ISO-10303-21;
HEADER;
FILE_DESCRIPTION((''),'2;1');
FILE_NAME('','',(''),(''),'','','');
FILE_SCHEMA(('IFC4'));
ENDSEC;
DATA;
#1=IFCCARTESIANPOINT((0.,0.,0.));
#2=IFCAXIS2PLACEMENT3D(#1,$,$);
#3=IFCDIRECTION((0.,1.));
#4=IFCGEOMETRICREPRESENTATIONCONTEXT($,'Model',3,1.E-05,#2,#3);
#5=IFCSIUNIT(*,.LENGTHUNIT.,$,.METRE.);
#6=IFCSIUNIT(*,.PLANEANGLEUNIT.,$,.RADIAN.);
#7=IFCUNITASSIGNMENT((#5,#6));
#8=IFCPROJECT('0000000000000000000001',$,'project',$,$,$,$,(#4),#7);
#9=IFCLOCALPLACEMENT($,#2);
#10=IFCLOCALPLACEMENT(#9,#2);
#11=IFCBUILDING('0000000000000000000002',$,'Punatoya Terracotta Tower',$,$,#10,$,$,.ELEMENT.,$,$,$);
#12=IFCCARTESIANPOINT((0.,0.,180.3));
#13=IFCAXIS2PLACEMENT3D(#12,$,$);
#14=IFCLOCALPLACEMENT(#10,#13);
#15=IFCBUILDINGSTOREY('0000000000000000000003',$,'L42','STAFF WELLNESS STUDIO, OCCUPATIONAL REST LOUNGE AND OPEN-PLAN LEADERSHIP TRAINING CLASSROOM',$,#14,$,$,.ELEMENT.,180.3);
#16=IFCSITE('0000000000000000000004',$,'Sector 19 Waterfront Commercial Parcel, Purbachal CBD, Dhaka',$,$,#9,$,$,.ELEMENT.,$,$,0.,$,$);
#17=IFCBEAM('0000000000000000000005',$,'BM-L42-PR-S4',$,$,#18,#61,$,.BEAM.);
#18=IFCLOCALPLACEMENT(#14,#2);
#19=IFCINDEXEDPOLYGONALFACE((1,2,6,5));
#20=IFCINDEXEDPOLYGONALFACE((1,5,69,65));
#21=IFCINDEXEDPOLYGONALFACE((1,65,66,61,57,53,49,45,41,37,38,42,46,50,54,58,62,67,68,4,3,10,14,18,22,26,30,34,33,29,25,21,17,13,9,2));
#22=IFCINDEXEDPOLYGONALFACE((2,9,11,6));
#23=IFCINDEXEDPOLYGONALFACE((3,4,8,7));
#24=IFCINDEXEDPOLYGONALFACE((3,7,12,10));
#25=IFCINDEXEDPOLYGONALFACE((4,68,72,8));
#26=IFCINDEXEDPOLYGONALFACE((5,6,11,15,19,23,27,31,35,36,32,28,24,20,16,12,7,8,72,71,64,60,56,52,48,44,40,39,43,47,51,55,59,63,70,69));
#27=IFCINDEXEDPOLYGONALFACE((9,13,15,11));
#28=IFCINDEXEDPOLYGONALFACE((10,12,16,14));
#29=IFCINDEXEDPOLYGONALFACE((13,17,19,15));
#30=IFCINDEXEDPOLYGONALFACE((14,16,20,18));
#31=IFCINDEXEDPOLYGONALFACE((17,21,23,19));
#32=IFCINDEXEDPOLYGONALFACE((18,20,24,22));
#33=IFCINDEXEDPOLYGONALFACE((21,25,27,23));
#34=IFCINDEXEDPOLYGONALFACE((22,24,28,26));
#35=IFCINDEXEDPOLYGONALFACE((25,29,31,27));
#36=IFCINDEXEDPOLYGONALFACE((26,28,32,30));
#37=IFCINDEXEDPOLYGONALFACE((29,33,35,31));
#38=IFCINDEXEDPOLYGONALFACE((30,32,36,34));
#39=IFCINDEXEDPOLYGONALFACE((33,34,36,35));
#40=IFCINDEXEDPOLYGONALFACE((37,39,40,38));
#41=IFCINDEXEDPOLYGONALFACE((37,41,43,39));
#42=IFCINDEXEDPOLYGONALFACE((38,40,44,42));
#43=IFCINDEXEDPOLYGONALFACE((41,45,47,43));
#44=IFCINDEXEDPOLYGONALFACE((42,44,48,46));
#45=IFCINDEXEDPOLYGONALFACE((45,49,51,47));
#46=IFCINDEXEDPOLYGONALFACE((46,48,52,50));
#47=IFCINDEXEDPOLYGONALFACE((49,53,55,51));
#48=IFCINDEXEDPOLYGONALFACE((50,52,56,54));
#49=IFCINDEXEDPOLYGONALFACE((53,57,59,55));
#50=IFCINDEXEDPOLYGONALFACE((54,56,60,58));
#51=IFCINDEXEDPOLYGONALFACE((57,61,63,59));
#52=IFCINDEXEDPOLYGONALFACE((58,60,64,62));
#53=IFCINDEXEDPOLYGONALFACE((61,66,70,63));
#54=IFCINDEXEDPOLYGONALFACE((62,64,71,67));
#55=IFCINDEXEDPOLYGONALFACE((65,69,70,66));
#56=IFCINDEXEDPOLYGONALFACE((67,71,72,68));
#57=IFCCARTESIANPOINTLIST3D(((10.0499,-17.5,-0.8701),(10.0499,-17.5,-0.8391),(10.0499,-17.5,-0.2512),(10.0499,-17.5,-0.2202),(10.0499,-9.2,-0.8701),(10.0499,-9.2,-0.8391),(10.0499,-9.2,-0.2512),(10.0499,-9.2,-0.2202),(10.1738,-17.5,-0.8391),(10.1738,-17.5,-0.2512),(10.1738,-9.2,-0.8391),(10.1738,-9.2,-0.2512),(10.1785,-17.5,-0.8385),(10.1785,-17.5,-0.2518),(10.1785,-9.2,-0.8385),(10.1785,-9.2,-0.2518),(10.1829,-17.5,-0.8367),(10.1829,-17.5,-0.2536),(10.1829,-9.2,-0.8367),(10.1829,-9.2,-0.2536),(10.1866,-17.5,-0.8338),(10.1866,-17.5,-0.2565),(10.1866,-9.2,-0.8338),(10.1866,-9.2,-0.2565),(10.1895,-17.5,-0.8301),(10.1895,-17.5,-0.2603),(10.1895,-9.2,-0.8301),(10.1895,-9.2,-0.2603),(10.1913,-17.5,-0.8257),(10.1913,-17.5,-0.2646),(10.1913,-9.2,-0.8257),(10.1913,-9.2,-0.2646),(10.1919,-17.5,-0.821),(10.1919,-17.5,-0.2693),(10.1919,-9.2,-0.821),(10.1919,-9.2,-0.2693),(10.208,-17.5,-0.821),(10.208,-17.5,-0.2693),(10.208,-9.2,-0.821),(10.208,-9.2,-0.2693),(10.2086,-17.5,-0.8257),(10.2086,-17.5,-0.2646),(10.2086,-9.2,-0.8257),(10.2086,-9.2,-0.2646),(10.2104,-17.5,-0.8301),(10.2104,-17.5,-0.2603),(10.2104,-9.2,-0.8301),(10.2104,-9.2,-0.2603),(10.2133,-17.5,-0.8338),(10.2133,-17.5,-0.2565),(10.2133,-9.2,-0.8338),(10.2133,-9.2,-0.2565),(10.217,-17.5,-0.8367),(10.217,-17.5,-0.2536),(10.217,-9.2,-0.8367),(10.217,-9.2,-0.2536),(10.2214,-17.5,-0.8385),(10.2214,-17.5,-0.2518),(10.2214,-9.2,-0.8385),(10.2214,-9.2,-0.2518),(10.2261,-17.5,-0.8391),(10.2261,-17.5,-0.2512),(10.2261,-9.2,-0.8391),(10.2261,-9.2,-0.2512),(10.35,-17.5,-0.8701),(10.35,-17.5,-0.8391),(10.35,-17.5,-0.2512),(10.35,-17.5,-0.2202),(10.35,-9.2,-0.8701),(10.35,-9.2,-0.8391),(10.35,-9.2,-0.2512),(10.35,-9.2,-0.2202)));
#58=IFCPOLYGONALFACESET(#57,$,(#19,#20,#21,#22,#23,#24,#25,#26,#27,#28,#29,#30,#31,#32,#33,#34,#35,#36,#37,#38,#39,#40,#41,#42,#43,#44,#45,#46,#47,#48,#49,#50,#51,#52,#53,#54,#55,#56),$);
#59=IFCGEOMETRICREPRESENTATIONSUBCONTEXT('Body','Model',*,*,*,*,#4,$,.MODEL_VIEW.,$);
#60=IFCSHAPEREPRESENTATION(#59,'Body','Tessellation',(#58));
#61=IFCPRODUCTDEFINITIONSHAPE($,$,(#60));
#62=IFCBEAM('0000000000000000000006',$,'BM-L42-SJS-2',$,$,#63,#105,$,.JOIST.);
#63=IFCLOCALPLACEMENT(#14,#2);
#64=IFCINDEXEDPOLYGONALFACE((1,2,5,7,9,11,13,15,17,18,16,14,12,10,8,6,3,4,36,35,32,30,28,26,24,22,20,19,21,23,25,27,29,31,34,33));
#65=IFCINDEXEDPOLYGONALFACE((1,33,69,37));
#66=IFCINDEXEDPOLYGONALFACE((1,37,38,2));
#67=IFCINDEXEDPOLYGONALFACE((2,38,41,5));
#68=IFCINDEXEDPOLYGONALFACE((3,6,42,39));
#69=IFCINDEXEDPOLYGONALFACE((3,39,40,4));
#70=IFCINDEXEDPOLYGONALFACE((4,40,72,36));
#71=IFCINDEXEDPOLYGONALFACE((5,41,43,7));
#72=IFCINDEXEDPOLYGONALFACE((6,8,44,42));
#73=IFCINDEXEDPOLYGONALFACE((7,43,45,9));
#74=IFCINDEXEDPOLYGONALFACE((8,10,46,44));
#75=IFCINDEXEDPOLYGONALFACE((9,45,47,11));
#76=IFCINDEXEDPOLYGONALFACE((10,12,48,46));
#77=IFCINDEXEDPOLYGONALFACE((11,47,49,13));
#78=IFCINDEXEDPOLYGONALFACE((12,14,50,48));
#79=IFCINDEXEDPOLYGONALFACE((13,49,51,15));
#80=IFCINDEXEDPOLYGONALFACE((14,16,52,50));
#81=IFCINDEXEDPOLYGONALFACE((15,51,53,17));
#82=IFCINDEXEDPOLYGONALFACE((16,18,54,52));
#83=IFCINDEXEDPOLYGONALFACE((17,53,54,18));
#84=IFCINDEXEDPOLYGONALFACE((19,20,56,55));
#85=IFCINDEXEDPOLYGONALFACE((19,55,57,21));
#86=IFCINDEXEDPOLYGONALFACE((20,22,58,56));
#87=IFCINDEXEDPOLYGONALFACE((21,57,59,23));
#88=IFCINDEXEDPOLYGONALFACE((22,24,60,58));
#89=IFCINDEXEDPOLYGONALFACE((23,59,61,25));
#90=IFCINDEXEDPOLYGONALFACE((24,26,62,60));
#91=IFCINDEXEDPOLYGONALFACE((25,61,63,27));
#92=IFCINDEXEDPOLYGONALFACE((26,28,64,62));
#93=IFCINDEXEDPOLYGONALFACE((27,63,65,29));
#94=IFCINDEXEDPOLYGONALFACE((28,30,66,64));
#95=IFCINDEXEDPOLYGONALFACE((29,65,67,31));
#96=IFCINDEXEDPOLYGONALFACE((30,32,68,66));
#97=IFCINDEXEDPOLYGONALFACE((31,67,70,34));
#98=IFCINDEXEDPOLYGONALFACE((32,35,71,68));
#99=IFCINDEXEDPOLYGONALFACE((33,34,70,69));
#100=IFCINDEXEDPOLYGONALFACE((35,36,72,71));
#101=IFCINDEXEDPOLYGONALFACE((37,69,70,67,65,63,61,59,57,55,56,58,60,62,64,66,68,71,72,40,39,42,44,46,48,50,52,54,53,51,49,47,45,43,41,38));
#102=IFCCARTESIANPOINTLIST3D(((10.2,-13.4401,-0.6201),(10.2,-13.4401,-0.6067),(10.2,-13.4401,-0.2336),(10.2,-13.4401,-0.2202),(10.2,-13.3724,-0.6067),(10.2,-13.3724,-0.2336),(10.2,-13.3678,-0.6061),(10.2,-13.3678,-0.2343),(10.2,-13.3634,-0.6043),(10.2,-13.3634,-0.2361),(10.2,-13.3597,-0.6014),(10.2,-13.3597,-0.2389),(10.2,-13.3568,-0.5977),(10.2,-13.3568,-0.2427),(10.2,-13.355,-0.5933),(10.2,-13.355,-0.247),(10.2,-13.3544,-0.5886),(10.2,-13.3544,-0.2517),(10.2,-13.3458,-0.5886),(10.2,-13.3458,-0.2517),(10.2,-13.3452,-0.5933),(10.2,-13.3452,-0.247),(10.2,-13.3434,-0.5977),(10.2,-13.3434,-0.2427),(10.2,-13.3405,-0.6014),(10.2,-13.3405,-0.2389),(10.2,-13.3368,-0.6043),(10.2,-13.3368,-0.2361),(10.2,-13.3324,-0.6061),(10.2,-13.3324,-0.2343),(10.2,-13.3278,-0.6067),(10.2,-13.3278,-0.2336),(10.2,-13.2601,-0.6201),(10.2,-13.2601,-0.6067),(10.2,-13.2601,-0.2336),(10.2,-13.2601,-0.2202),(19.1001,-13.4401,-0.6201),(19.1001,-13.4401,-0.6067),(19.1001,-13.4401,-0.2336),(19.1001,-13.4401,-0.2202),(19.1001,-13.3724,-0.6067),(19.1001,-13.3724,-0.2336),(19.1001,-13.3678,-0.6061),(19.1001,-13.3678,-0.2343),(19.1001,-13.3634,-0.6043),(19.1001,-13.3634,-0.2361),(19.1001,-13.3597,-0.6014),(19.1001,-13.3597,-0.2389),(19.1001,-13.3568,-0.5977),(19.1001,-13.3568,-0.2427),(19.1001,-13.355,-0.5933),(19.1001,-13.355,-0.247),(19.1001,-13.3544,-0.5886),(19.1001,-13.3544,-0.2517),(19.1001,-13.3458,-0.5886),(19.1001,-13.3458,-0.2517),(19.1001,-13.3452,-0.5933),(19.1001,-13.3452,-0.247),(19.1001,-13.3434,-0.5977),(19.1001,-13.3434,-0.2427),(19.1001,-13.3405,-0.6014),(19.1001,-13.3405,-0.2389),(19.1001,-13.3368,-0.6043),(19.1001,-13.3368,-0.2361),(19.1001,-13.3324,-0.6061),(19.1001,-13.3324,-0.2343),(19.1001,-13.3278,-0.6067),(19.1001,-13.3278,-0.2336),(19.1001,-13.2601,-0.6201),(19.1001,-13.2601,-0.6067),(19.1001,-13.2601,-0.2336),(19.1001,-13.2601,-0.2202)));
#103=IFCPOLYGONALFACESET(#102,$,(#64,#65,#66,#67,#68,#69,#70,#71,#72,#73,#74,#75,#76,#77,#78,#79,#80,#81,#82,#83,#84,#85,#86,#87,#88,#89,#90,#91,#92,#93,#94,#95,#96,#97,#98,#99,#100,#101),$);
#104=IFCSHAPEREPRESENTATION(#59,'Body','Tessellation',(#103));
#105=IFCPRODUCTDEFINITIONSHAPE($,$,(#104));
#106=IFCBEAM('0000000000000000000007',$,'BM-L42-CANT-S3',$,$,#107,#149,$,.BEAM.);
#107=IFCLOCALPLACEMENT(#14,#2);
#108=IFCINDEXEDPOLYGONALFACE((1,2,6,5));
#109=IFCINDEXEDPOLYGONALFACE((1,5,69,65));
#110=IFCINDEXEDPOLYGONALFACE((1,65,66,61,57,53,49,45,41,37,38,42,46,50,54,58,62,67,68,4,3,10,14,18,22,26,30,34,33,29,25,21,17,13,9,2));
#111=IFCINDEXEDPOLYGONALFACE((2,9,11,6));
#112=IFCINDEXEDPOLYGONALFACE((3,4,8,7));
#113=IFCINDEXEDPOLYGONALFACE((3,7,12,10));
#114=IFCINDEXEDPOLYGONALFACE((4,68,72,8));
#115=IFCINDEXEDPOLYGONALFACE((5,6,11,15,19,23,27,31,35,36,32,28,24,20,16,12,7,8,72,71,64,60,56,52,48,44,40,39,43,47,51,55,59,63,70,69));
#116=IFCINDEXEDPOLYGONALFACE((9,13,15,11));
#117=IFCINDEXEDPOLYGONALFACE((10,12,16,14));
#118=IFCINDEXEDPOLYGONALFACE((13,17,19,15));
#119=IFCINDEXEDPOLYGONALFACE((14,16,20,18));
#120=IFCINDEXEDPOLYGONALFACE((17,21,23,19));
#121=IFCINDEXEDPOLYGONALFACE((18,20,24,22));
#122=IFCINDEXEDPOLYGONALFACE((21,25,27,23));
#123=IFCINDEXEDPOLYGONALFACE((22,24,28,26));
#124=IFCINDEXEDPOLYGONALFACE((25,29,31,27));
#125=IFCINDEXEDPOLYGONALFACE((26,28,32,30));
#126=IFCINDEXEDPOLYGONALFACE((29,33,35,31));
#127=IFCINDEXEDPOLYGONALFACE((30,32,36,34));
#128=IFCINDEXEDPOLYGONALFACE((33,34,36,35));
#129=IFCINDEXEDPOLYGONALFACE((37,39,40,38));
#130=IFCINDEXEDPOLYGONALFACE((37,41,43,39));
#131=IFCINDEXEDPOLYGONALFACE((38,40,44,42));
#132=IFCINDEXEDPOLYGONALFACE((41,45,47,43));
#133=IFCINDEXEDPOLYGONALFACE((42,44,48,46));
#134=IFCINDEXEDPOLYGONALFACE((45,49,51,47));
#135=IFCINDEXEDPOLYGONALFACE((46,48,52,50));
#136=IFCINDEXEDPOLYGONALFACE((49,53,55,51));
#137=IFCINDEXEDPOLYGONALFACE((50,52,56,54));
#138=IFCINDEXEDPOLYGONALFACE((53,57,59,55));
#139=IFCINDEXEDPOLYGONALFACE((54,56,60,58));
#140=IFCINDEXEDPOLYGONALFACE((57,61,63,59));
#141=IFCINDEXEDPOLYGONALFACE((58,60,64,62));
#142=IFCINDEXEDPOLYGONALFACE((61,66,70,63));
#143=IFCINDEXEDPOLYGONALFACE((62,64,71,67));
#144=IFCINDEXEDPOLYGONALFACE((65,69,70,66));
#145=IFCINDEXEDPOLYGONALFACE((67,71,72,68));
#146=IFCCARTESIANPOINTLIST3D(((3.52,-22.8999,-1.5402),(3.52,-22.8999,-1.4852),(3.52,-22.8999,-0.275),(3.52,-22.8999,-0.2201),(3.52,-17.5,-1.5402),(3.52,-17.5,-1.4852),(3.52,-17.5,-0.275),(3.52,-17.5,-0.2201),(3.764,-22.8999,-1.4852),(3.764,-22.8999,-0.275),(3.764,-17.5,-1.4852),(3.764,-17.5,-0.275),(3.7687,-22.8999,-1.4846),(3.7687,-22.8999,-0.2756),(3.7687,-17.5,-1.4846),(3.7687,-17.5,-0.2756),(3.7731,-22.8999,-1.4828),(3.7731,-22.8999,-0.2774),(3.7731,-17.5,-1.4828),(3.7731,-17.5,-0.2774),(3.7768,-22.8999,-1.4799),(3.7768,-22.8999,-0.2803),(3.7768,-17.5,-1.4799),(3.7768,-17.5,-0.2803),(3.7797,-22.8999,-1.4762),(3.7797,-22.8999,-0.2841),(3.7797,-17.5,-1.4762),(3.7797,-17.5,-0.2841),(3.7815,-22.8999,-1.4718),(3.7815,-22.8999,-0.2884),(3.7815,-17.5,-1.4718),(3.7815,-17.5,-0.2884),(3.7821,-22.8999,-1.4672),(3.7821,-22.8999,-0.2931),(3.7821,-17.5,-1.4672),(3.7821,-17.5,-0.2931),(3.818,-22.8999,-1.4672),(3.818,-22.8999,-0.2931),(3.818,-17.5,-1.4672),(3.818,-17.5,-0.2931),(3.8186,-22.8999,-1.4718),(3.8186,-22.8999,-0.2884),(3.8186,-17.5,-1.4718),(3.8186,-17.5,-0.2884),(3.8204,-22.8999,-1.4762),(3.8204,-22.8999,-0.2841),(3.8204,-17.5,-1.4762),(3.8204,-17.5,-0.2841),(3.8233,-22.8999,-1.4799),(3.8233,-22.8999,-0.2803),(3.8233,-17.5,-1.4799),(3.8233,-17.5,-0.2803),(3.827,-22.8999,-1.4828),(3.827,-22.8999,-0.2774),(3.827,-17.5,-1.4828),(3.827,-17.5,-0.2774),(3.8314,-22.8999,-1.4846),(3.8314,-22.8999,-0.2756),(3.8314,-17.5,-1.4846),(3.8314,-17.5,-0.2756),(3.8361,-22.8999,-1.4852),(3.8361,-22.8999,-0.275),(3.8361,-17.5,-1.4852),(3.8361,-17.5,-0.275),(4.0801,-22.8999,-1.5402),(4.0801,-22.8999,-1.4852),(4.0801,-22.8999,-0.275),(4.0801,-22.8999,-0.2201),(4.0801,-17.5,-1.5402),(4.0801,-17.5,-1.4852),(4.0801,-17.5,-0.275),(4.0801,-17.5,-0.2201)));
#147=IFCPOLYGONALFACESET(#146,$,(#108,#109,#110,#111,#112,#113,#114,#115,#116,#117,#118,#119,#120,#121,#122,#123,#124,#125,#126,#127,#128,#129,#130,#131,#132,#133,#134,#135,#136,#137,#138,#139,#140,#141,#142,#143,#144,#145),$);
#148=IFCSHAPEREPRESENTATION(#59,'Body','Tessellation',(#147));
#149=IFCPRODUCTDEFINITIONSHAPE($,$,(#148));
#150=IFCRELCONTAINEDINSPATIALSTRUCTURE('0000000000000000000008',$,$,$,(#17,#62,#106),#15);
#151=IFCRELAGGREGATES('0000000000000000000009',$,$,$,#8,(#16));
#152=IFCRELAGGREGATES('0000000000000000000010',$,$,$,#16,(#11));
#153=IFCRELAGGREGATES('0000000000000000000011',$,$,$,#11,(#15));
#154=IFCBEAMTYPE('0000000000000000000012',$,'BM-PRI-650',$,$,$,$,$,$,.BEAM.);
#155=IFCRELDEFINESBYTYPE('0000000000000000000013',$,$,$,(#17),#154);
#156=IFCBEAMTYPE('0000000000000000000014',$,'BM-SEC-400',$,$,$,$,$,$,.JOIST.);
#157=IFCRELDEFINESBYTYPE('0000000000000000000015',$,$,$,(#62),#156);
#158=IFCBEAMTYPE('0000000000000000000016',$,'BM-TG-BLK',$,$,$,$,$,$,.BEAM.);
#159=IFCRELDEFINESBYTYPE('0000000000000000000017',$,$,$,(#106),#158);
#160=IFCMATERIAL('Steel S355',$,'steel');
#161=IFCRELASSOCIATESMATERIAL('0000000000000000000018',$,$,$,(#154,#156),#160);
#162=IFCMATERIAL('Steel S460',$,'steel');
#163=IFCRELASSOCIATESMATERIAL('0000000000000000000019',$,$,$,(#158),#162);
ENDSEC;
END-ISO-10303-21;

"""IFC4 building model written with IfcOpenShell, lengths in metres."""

from ifc_helpers import new_model, si_unit, direction, frame, origin, origin_2d, place, context, subcontext, project, spatial, i_section, extrude, material, material_profile, profile_set, type_object, element, save


model = new_model("IFC4")

# Units and contexts
model_context = context("Model", 3, precision=1e-05, world=origin(), true_north=direction((0.0, 1.0)))
body_context = subcontext(model_context, "Body", "Model", "MODEL_VIEW")
ifc_project = project(units=[si_unit("LENGTHUNIT", "METRE"), si_unit("PLANEANGLEUNIT", "RADIAN")], contexts=[model_context])

# Site, building, storey
site_placement = place(None, origin())
site = spatial("IfcSite", under=ifc_project, at=site_placement, Name="Sector 19 Waterfront Commercial Parcel, Purbachal CBD, Dhaka", CompositionType="ELEMENT", RefElevation=0.0)
building_placement = place(site_placement, origin())
building = spatial("IfcBuilding", under=site, at=building_placement, Name="Punatoya Terracotta Tower", CompositionType="ELEMENT")
storey_placement = place(building_placement, frame((0.0, 0.0, 180.3)))
storey = spatial("IfcBuildingStorey", under=building, at=storey_placement, Name="L42", Description="STAFF WELLNESS STUDIO, OCCUPATIONAL REST LOUNGE AND OPEN-PLAN LEADERSHIP TRAINING CLASSROOM", CompositionType="ELEMENT", Elevation=180.3)

# Shared definitions
ifc_material_1 = material(Name="Steel S460", Category="steel")

# Beams
ifc_material_2 = material(Name="Steel S355", Category="steel")
ifc_material_profile_1 = material_profile(ifc_material_2, i_section(OverallWidth=0.3, OverallDepth=0.6499, WebThickness=0.0161, FlangeThickness=0.031, FilletRadius=0.0181, at=origin_2d()))
ifc_profile_set_1 = profile_set([ifc_material_profile_1], Name="Steel S355")
beam_type_1 = type_object("IfcBeamType", Name="BM-PRI-650", PredefinedType="BEAM", material=ifc_profile_set_1)
for number, where, z_axis, x_axis, name in (
    (1, (10.2, -17.5, -0.5452), (0.0, 1.0, 0.0), (-1.0, 0.0, 0.0), "BM-L42-PR-S4"),
):
    element("IfcBeam", number, at=place(storey_placement, frame(where, z_axis=z_axis, x_axis=x_axis)), inside=storey, type_object=beam_type_1, Name=name, PredefinedType="BEAM", context=body_context, shape_type="SweptSolid", body=[
        extrude(i_section(OverallWidth=0.3, OverallDepth=0.6499, WebThickness=0.0161, FlangeThickness=0.031, FilletRadius=0.0181, at=origin_2d()), origin(), (0.0, 0.0, 1.0), 8.3),
    ])
ifc_material_profile_2 = material_profile(ifc_material_2, i_section(OverallWidth=0.1799, OverallDepth=0.3999, WebThickness=0.0085, FlangeThickness=0.0134, FilletRadius=0.0181, at=origin_2d()))
ifc_profile_set_2 = profile_set([ifc_material_profile_2], Name="Steel S355")
beam_type_2 = type_object("IfcBeamType", Name="BM-SEC-400", PredefinedType="JOIST", material=ifc_profile_set_2)
beam_1_placement = place(storey_placement, frame((10.2, -13.3501, -0.4202), z_axis=(1.0, 0.0, 0.0), x_axis=(0.0, 1.0, 0.0)))
element("IfcBeam", 2, at=beam_1_placement, inside=storey, type_object=beam_type_2, Name="BM-L42-SJS-2", PredefinedType="JOIST", context=body_context, shape_type="SweptSolid", body=[
    extrude(i_section(OverallWidth=0.1799, OverallDepth=0.3999, WebThickness=0.0085, FlangeThickness=0.0134, FilletRadius=0.0181, at=origin_2d()), origin(), (0.0, 0.0, 1.0), 8.9001),
])
ifc_material_profile_3 = material_profile(ifc_material_1, i_section(OverallWidth=0.5601, OverallDepth=1.3201, WebThickness=0.0359, FlangeThickness=0.0549, FilletRadius=0.0181, at=origin_2d()))
ifc_profile_set_3 = profile_set([ifc_material_profile_3], Name="Steel S460")
beam_type_3 = type_object("IfcBeamType", Name="BM-TG-BLK", PredefinedType="BEAM", material=ifc_profile_set_3)
beam_2_placement = place(storey_placement, frame((3.8, -22.8999, -0.8801), z_axis=(0.0, 1.0, 0.0), x_axis=(-1.0, 0.0, 0.0)))
element("IfcBeam", 3, at=beam_2_placement, inside=storey, type_object=beam_type_3, Name="BM-L42-CANT-S3", PredefinedType="BEAM", context=body_context, shape_type="SweptSolid", body=[
    extrude(i_section(OverallWidth=0.5601, OverallDepth=1.3201, WebThickness=0.0359, FlangeThickness=0.0549, FilletRadius=0.0181, at=origin_2d()), origin(), (0.0, 0.0, 1.0), 5.3999),
])

save(model, "model.ifc")
